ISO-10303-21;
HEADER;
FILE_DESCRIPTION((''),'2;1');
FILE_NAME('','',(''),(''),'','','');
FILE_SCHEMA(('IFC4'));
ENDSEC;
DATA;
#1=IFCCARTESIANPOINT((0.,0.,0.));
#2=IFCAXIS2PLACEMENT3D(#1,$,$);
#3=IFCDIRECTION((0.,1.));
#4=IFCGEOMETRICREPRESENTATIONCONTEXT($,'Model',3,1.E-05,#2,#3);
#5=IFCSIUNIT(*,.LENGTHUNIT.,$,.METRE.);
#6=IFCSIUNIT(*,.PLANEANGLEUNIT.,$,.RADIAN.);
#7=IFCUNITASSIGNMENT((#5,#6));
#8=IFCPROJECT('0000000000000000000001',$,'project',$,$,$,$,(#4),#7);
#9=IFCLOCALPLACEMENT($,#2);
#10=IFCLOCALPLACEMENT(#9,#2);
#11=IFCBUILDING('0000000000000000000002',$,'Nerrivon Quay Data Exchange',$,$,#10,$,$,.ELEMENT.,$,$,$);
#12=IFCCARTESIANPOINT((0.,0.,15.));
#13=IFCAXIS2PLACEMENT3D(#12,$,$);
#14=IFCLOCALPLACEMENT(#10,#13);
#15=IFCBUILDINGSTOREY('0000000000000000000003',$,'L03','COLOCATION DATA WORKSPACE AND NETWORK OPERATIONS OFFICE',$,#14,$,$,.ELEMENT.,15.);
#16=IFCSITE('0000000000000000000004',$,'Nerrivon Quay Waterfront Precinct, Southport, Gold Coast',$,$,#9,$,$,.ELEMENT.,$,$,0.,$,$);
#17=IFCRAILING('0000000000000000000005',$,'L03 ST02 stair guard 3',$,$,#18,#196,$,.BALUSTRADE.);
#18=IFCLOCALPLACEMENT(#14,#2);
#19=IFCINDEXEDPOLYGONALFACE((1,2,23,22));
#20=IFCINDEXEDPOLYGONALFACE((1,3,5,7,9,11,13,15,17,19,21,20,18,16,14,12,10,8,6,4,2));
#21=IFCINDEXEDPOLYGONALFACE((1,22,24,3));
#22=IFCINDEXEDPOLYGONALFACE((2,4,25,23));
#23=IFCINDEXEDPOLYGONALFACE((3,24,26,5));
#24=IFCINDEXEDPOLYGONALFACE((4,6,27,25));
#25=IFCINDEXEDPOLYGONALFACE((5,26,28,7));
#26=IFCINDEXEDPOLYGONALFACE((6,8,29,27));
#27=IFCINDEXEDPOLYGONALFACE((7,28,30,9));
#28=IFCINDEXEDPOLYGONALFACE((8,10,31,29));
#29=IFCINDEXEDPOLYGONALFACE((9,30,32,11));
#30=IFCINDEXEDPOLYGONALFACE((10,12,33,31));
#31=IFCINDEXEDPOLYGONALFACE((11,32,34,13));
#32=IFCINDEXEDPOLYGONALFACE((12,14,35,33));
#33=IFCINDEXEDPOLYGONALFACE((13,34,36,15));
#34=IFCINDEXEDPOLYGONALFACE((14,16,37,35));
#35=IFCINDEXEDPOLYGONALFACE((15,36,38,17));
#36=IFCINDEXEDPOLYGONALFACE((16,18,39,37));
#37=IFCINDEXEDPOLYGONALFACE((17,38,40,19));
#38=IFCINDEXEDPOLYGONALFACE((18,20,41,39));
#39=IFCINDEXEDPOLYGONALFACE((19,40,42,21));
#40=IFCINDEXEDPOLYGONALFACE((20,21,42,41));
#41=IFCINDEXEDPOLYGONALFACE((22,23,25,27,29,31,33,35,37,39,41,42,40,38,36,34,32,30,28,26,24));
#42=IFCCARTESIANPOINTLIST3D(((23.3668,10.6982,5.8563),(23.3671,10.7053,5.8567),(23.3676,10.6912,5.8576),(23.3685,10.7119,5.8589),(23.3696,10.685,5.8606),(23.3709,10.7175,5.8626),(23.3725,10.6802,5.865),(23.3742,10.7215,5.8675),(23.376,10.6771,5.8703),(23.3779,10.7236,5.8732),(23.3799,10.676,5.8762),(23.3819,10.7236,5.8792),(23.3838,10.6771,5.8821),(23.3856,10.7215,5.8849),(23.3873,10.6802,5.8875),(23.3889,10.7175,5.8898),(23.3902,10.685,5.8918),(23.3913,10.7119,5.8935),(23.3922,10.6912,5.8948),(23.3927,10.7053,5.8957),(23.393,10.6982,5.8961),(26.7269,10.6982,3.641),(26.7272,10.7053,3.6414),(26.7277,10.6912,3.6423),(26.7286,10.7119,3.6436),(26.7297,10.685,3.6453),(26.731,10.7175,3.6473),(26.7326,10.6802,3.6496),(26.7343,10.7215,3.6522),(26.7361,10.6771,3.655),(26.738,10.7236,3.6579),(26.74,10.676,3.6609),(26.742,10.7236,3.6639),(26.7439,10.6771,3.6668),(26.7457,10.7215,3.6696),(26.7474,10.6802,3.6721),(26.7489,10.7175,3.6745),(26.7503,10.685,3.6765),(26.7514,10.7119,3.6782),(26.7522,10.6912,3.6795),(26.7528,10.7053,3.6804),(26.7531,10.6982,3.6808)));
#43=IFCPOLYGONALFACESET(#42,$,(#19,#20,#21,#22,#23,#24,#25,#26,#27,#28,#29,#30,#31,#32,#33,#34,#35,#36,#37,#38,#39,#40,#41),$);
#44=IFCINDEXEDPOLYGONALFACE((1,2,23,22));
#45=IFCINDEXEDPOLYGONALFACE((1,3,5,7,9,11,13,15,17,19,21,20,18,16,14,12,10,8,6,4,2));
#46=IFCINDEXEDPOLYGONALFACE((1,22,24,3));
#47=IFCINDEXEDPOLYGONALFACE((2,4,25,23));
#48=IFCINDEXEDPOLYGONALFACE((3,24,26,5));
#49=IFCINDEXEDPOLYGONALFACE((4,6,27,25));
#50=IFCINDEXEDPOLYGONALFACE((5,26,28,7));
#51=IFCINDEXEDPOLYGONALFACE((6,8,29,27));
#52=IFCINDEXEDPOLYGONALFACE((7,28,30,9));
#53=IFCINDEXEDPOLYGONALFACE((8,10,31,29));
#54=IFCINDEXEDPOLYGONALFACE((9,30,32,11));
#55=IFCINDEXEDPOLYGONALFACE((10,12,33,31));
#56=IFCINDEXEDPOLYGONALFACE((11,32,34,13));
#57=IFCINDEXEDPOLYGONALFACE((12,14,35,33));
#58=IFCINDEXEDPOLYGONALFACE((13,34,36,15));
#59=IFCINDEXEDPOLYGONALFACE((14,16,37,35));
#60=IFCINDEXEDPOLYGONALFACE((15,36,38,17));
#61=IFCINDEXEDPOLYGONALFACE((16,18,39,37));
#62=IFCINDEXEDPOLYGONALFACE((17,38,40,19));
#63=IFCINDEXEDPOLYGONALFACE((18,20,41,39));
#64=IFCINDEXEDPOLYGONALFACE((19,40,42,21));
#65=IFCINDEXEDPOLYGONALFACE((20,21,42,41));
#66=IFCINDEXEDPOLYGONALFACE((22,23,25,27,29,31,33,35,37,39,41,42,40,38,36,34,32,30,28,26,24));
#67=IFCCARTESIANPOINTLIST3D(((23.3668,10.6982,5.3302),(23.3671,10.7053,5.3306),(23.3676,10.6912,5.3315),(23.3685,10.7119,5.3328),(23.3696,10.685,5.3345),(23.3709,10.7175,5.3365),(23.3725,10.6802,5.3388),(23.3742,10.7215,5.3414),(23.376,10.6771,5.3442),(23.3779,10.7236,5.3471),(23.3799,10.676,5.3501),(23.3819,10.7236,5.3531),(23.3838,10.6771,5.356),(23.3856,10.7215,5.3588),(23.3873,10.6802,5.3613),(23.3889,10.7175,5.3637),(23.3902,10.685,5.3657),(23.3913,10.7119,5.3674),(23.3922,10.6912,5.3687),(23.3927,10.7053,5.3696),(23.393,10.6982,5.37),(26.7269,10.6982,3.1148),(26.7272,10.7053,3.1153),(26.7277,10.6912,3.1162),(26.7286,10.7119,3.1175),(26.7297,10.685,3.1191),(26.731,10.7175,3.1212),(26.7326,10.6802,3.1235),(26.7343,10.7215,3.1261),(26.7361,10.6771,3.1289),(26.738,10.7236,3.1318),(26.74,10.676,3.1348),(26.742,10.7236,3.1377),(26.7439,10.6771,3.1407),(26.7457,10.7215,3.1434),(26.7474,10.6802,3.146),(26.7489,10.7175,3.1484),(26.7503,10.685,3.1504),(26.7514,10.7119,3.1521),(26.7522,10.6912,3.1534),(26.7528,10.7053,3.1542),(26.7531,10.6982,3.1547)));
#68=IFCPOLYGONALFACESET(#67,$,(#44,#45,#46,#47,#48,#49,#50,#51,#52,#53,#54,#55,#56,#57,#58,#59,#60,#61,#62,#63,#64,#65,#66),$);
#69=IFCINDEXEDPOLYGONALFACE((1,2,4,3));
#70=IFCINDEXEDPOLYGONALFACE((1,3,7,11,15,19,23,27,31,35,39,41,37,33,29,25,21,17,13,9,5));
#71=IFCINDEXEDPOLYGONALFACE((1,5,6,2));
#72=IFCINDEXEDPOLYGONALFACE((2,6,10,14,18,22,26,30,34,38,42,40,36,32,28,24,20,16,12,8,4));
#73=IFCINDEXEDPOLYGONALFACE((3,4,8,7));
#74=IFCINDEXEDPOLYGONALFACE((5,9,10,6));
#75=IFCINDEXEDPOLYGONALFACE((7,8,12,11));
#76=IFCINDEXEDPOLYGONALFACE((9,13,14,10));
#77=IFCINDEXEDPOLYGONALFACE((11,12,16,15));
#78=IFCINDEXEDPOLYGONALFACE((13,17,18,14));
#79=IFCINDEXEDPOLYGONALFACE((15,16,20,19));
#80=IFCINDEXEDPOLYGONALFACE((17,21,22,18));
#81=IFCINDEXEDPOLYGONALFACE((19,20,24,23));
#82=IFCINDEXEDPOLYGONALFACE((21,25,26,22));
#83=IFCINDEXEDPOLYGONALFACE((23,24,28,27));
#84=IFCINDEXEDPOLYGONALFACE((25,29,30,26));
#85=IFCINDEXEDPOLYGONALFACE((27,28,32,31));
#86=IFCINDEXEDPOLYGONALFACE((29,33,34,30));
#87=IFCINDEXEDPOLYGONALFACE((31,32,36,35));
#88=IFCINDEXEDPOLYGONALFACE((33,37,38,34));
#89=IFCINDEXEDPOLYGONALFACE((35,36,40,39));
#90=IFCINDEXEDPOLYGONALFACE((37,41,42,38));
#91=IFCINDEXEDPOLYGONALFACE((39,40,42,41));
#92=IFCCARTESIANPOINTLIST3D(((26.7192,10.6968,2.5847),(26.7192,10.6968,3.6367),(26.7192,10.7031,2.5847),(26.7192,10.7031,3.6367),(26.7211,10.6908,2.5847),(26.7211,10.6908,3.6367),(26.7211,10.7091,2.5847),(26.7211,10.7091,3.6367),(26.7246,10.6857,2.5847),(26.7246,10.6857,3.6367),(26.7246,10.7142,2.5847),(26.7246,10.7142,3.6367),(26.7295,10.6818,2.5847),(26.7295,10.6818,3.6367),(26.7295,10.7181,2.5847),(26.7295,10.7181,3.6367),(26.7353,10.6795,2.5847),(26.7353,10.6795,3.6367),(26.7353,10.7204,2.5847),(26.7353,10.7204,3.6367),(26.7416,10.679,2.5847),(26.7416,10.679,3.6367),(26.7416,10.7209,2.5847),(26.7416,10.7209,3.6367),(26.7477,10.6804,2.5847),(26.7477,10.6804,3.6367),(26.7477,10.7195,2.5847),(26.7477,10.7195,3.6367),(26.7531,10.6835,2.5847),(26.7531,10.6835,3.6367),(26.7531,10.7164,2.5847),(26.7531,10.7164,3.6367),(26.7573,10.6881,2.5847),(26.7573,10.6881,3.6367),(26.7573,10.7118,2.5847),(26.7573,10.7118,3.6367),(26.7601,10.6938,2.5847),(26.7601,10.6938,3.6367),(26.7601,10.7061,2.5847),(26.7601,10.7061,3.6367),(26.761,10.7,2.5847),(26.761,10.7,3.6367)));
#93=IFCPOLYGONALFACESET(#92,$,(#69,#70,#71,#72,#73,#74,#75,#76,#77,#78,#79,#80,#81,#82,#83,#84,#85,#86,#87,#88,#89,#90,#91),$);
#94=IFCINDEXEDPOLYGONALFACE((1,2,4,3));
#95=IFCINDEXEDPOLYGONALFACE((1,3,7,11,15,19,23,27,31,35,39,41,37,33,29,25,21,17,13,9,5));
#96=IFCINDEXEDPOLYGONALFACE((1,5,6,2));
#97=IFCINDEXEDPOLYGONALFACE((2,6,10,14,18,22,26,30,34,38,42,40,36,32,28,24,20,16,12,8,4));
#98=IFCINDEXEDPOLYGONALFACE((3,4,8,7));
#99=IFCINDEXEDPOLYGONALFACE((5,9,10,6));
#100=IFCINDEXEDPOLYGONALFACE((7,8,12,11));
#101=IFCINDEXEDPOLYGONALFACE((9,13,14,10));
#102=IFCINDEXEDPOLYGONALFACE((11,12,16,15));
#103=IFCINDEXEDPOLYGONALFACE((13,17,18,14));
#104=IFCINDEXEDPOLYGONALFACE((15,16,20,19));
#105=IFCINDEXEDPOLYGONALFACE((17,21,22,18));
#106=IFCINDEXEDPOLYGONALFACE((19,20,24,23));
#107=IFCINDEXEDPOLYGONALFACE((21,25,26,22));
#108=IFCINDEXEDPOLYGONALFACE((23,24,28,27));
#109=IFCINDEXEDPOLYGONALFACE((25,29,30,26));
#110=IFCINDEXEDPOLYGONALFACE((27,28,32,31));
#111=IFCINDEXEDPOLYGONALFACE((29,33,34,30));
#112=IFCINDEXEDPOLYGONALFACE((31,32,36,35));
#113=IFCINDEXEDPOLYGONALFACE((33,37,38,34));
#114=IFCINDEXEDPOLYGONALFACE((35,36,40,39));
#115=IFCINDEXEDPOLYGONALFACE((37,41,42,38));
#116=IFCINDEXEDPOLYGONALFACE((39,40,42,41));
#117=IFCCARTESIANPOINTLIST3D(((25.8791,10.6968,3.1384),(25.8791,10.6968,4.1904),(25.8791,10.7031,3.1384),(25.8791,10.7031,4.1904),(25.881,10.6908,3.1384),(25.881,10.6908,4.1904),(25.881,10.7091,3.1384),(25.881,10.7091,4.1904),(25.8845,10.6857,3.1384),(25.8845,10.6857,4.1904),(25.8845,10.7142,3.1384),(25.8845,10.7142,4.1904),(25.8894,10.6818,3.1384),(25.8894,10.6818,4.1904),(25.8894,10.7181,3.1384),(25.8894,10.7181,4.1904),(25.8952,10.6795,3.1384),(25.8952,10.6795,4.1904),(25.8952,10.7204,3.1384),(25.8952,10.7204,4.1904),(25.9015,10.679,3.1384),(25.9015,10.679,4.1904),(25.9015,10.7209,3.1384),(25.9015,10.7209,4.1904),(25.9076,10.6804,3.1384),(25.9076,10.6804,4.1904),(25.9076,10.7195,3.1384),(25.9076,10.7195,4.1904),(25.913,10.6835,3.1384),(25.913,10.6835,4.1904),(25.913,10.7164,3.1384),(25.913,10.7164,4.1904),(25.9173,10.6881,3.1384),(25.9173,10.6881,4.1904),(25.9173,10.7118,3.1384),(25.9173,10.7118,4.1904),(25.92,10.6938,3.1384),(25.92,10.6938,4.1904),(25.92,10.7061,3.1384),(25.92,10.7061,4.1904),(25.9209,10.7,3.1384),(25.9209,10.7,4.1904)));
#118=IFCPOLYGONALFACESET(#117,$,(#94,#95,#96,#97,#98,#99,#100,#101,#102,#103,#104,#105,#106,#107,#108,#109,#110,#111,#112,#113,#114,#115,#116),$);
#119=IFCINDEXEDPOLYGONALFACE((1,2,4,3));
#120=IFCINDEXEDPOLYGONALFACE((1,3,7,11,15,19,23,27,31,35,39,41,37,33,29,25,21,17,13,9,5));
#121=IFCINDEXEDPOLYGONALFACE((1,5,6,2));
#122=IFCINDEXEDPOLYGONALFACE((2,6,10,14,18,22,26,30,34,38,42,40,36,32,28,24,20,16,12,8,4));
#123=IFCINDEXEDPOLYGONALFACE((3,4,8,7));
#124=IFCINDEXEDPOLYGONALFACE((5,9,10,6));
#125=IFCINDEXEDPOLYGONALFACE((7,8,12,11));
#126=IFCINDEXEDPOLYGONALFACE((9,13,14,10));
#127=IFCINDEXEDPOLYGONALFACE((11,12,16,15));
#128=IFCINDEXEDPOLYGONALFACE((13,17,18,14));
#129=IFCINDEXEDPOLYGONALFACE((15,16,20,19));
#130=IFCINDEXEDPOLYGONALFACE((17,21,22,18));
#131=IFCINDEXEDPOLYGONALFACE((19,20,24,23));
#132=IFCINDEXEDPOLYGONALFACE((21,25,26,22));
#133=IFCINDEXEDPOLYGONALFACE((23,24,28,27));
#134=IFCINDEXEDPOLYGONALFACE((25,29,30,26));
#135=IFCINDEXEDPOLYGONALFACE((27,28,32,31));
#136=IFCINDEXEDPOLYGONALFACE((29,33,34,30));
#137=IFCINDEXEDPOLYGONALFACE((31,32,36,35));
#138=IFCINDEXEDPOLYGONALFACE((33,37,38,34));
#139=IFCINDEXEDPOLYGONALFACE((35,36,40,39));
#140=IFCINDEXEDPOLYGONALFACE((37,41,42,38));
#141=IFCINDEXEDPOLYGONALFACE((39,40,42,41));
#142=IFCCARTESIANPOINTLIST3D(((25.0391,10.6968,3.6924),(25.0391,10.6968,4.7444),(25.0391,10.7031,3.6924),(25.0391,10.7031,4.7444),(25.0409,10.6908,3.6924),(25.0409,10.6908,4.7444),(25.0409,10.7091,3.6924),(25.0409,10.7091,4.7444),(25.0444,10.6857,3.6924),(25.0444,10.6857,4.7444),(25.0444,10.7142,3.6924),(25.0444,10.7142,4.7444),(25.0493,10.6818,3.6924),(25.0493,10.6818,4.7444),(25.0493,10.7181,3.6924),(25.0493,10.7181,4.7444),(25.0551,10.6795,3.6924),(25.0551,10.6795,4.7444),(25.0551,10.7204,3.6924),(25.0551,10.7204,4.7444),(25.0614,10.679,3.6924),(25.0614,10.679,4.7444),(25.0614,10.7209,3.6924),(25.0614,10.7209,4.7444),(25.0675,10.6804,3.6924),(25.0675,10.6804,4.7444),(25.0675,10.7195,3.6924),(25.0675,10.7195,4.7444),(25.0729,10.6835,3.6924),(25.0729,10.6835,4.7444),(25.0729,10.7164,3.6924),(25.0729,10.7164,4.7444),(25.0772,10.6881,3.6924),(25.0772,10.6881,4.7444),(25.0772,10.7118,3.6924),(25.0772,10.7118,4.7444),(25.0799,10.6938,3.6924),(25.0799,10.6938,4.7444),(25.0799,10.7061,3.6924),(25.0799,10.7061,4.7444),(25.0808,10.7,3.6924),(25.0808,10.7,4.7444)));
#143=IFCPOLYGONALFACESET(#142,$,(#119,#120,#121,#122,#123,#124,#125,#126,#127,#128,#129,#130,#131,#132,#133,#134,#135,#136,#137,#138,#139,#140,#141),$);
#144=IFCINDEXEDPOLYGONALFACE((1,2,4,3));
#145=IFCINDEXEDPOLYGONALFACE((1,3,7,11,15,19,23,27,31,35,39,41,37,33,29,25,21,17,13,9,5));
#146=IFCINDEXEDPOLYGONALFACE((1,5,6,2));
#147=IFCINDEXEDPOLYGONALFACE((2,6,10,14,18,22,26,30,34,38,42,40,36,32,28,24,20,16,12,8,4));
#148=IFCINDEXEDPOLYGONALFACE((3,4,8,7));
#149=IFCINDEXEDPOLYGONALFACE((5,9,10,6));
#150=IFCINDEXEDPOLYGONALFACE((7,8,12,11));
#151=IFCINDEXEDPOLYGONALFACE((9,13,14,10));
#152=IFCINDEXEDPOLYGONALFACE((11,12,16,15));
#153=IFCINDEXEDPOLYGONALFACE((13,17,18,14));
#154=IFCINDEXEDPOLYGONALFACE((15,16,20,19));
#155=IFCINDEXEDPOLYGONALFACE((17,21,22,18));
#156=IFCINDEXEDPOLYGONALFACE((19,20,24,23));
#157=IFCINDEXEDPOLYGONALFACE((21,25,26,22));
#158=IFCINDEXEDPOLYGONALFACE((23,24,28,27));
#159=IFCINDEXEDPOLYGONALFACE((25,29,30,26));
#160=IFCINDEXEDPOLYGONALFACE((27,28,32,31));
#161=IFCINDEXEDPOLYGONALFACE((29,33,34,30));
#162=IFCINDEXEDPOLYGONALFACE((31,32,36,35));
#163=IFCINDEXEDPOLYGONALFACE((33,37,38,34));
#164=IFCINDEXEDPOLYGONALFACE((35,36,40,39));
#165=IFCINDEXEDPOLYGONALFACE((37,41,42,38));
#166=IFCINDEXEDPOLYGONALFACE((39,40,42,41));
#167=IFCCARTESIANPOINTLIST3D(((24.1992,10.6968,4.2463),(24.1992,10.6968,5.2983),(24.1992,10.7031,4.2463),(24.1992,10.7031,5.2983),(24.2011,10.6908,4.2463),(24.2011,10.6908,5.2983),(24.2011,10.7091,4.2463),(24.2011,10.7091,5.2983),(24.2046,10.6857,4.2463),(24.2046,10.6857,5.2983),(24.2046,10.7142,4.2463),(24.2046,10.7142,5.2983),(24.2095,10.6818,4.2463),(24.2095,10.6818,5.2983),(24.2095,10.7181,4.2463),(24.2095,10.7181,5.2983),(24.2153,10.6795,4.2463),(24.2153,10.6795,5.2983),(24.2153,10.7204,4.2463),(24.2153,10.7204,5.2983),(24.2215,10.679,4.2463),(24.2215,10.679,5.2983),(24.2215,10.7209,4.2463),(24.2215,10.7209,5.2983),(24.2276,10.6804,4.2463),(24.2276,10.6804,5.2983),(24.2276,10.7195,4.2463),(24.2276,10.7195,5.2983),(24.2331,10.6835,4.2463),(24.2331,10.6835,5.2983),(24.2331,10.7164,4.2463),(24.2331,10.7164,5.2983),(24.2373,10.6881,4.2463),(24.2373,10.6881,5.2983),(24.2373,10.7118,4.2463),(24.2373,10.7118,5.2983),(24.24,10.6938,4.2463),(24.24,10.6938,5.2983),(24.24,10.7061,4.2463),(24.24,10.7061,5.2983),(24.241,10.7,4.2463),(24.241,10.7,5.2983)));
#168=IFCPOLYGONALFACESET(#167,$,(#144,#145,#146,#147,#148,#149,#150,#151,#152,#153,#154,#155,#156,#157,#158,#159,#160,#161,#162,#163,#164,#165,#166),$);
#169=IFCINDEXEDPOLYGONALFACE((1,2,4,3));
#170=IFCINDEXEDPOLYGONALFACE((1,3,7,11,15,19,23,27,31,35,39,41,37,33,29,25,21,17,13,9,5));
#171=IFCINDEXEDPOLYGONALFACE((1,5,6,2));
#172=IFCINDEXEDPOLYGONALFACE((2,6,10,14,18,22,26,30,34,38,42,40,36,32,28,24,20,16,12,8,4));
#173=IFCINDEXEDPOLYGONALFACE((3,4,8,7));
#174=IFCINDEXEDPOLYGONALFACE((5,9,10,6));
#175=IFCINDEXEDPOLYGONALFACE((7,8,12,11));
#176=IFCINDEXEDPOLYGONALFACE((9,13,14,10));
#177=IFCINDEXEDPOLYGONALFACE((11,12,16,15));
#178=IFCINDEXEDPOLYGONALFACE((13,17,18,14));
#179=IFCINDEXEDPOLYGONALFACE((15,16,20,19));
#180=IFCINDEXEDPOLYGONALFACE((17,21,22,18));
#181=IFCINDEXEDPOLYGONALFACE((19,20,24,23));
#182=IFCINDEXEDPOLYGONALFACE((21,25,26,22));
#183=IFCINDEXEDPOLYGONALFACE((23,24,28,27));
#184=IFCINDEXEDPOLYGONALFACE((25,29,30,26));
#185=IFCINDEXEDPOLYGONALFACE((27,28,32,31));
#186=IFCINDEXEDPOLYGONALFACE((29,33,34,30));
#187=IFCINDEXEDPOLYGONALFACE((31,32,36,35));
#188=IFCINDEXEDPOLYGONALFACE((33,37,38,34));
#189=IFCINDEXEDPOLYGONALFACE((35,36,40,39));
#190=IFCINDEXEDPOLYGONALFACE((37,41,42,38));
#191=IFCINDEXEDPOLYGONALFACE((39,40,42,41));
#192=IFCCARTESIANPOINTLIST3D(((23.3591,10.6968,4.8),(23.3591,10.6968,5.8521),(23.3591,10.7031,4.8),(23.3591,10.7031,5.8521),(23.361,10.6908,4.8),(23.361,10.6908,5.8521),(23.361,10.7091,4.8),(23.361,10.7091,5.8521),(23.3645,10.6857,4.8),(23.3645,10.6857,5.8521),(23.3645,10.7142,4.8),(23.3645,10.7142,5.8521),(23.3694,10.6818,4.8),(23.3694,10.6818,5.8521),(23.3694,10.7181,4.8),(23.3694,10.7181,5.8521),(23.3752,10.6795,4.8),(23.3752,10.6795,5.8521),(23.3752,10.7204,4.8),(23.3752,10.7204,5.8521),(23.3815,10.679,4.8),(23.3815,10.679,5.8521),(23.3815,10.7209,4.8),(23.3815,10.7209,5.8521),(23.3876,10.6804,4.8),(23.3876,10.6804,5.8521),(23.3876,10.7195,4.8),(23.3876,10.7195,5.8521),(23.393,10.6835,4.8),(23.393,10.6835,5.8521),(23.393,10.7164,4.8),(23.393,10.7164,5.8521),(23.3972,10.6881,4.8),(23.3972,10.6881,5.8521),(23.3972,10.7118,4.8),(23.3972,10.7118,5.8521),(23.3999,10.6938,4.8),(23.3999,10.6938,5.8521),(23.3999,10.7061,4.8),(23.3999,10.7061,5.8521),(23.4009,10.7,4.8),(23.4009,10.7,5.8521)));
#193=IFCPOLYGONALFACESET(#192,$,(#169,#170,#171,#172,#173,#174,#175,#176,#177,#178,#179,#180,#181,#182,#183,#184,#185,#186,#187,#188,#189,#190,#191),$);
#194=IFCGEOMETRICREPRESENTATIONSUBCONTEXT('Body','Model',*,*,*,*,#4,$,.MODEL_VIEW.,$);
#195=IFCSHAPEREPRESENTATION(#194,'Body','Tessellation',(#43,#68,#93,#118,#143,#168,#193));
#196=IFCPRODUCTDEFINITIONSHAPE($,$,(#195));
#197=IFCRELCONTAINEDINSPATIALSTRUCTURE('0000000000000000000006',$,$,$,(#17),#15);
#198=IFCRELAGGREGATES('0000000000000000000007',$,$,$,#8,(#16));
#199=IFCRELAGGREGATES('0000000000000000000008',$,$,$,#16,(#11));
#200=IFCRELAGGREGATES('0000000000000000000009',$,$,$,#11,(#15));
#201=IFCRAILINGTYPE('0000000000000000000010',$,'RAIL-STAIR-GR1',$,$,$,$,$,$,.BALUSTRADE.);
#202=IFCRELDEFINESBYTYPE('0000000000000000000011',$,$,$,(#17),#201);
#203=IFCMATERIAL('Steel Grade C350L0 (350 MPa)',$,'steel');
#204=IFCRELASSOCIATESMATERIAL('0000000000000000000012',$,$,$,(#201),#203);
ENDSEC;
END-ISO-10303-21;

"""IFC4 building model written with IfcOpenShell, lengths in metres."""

from ifc_helpers import new_model, si_unit, direction, frame, origin, origin_2d, place, context, subcontext, project, spatial, circle, extrude, material, type_object, element, save


model = new_model("IFC4")

# Units and contexts
model_context = context("Model", 3, precision=1e-05, world=origin(), true_north=direction((0.0, 1.0)))
body_context = subcontext(model_context, "Body", "Model", "MODEL_VIEW")
ifc_project = project(units=[si_unit("LENGTHUNIT", "METRE"), si_unit("PLANEANGLEUNIT", "RADIAN")], contexts=[model_context])

# Site, building, storey
site_placement = place(None, origin())
site = spatial("IfcSite", under=ifc_project, at=site_placement, Name="Nerrivon Quay Waterfront Precinct, Southport, Gold Coast", CompositionType="ELEMENT", RefElevation=0.0)
building_placement = place(site_placement, origin())
building = spatial("IfcBuilding", under=site, at=building_placement, Name="Nerrivon Quay Data Exchange", CompositionType="ELEMENT")
storey_placement = place(building_placement, frame((0.0, 0.0, 15.0)))
storey = spatial("IfcBuildingStorey", under=building, at=storey_placement, Name="L03", Description="COLOCATION DATA WORKSPACE AND NETWORK OPERATIONS OFFICE", CompositionType="ELEMENT", Elevation=15.0)

# Railing
ifc_material_1 = material(Name="Steel Grade C350L0 (350 MPa)", Category="steel")
railing_type_1 = type_object("IfcRailingType", Name="RAIL-STAIR-GR1", PredefinedType="BALUSTRADE", material=ifc_material_1)
railing_1_placement = place(storey_placement, frame((26.74, 10.7, 2.5847)))
element("IfcRailing", 1, at=railing_1_placement, inside=storey, type_object=railing_type_1, Name="L03 ST02 stair guard 3", PredefinedType="BALUSTRADE", context=body_context, shape_type="SweptSolid", body=[
    extrude(circle(Radius=0.0239, at=origin_2d()), frame((0.0, 0.0, 1.0762), z_axis=(-0.834876, 0.0, 0.550437), x_axis=(0.0, -1.0, 0.0)), (0.0, 0.0, 1.0), 4.0247),
    extrude(circle(Radius=0.0239, at=origin_2d()), frame((0.0, 0.0, 0.55), z_axis=(-0.834876, 0.0, 0.550437), x_axis=(0.0, -1.0, 0.0)), (0.0, 0.0, 1.0), 4.0247),
    extrude(circle(Radius=0.021, at=origin_2d()), origin(), (0.0, 0.0, 1.0), 1.052),
    extrude(circle(Radius=0.021, at=origin_2d()), frame((-0.8401, 0.0, 0.5537)), (0.0, 0.0, 1.0), 1.052),
    extrude(circle(Radius=0.021, at=origin_2d()), frame((-1.6802, 0.0, 1.1077)), (0.0, 0.0, 1.0), 1.052),
    extrude(circle(Radius=0.021, at=origin_2d()), frame((-2.52, 0.0, 1.6616)), (0.0, 0.0, 1.0), 1.052),
    extrude(circle(Radius=0.021, at=origin_2d()), frame((-3.3601, 0.0, 2.2153)), (0.0, 0.0, 1.0), 1.052),
])

save(model, "model.ifc")
